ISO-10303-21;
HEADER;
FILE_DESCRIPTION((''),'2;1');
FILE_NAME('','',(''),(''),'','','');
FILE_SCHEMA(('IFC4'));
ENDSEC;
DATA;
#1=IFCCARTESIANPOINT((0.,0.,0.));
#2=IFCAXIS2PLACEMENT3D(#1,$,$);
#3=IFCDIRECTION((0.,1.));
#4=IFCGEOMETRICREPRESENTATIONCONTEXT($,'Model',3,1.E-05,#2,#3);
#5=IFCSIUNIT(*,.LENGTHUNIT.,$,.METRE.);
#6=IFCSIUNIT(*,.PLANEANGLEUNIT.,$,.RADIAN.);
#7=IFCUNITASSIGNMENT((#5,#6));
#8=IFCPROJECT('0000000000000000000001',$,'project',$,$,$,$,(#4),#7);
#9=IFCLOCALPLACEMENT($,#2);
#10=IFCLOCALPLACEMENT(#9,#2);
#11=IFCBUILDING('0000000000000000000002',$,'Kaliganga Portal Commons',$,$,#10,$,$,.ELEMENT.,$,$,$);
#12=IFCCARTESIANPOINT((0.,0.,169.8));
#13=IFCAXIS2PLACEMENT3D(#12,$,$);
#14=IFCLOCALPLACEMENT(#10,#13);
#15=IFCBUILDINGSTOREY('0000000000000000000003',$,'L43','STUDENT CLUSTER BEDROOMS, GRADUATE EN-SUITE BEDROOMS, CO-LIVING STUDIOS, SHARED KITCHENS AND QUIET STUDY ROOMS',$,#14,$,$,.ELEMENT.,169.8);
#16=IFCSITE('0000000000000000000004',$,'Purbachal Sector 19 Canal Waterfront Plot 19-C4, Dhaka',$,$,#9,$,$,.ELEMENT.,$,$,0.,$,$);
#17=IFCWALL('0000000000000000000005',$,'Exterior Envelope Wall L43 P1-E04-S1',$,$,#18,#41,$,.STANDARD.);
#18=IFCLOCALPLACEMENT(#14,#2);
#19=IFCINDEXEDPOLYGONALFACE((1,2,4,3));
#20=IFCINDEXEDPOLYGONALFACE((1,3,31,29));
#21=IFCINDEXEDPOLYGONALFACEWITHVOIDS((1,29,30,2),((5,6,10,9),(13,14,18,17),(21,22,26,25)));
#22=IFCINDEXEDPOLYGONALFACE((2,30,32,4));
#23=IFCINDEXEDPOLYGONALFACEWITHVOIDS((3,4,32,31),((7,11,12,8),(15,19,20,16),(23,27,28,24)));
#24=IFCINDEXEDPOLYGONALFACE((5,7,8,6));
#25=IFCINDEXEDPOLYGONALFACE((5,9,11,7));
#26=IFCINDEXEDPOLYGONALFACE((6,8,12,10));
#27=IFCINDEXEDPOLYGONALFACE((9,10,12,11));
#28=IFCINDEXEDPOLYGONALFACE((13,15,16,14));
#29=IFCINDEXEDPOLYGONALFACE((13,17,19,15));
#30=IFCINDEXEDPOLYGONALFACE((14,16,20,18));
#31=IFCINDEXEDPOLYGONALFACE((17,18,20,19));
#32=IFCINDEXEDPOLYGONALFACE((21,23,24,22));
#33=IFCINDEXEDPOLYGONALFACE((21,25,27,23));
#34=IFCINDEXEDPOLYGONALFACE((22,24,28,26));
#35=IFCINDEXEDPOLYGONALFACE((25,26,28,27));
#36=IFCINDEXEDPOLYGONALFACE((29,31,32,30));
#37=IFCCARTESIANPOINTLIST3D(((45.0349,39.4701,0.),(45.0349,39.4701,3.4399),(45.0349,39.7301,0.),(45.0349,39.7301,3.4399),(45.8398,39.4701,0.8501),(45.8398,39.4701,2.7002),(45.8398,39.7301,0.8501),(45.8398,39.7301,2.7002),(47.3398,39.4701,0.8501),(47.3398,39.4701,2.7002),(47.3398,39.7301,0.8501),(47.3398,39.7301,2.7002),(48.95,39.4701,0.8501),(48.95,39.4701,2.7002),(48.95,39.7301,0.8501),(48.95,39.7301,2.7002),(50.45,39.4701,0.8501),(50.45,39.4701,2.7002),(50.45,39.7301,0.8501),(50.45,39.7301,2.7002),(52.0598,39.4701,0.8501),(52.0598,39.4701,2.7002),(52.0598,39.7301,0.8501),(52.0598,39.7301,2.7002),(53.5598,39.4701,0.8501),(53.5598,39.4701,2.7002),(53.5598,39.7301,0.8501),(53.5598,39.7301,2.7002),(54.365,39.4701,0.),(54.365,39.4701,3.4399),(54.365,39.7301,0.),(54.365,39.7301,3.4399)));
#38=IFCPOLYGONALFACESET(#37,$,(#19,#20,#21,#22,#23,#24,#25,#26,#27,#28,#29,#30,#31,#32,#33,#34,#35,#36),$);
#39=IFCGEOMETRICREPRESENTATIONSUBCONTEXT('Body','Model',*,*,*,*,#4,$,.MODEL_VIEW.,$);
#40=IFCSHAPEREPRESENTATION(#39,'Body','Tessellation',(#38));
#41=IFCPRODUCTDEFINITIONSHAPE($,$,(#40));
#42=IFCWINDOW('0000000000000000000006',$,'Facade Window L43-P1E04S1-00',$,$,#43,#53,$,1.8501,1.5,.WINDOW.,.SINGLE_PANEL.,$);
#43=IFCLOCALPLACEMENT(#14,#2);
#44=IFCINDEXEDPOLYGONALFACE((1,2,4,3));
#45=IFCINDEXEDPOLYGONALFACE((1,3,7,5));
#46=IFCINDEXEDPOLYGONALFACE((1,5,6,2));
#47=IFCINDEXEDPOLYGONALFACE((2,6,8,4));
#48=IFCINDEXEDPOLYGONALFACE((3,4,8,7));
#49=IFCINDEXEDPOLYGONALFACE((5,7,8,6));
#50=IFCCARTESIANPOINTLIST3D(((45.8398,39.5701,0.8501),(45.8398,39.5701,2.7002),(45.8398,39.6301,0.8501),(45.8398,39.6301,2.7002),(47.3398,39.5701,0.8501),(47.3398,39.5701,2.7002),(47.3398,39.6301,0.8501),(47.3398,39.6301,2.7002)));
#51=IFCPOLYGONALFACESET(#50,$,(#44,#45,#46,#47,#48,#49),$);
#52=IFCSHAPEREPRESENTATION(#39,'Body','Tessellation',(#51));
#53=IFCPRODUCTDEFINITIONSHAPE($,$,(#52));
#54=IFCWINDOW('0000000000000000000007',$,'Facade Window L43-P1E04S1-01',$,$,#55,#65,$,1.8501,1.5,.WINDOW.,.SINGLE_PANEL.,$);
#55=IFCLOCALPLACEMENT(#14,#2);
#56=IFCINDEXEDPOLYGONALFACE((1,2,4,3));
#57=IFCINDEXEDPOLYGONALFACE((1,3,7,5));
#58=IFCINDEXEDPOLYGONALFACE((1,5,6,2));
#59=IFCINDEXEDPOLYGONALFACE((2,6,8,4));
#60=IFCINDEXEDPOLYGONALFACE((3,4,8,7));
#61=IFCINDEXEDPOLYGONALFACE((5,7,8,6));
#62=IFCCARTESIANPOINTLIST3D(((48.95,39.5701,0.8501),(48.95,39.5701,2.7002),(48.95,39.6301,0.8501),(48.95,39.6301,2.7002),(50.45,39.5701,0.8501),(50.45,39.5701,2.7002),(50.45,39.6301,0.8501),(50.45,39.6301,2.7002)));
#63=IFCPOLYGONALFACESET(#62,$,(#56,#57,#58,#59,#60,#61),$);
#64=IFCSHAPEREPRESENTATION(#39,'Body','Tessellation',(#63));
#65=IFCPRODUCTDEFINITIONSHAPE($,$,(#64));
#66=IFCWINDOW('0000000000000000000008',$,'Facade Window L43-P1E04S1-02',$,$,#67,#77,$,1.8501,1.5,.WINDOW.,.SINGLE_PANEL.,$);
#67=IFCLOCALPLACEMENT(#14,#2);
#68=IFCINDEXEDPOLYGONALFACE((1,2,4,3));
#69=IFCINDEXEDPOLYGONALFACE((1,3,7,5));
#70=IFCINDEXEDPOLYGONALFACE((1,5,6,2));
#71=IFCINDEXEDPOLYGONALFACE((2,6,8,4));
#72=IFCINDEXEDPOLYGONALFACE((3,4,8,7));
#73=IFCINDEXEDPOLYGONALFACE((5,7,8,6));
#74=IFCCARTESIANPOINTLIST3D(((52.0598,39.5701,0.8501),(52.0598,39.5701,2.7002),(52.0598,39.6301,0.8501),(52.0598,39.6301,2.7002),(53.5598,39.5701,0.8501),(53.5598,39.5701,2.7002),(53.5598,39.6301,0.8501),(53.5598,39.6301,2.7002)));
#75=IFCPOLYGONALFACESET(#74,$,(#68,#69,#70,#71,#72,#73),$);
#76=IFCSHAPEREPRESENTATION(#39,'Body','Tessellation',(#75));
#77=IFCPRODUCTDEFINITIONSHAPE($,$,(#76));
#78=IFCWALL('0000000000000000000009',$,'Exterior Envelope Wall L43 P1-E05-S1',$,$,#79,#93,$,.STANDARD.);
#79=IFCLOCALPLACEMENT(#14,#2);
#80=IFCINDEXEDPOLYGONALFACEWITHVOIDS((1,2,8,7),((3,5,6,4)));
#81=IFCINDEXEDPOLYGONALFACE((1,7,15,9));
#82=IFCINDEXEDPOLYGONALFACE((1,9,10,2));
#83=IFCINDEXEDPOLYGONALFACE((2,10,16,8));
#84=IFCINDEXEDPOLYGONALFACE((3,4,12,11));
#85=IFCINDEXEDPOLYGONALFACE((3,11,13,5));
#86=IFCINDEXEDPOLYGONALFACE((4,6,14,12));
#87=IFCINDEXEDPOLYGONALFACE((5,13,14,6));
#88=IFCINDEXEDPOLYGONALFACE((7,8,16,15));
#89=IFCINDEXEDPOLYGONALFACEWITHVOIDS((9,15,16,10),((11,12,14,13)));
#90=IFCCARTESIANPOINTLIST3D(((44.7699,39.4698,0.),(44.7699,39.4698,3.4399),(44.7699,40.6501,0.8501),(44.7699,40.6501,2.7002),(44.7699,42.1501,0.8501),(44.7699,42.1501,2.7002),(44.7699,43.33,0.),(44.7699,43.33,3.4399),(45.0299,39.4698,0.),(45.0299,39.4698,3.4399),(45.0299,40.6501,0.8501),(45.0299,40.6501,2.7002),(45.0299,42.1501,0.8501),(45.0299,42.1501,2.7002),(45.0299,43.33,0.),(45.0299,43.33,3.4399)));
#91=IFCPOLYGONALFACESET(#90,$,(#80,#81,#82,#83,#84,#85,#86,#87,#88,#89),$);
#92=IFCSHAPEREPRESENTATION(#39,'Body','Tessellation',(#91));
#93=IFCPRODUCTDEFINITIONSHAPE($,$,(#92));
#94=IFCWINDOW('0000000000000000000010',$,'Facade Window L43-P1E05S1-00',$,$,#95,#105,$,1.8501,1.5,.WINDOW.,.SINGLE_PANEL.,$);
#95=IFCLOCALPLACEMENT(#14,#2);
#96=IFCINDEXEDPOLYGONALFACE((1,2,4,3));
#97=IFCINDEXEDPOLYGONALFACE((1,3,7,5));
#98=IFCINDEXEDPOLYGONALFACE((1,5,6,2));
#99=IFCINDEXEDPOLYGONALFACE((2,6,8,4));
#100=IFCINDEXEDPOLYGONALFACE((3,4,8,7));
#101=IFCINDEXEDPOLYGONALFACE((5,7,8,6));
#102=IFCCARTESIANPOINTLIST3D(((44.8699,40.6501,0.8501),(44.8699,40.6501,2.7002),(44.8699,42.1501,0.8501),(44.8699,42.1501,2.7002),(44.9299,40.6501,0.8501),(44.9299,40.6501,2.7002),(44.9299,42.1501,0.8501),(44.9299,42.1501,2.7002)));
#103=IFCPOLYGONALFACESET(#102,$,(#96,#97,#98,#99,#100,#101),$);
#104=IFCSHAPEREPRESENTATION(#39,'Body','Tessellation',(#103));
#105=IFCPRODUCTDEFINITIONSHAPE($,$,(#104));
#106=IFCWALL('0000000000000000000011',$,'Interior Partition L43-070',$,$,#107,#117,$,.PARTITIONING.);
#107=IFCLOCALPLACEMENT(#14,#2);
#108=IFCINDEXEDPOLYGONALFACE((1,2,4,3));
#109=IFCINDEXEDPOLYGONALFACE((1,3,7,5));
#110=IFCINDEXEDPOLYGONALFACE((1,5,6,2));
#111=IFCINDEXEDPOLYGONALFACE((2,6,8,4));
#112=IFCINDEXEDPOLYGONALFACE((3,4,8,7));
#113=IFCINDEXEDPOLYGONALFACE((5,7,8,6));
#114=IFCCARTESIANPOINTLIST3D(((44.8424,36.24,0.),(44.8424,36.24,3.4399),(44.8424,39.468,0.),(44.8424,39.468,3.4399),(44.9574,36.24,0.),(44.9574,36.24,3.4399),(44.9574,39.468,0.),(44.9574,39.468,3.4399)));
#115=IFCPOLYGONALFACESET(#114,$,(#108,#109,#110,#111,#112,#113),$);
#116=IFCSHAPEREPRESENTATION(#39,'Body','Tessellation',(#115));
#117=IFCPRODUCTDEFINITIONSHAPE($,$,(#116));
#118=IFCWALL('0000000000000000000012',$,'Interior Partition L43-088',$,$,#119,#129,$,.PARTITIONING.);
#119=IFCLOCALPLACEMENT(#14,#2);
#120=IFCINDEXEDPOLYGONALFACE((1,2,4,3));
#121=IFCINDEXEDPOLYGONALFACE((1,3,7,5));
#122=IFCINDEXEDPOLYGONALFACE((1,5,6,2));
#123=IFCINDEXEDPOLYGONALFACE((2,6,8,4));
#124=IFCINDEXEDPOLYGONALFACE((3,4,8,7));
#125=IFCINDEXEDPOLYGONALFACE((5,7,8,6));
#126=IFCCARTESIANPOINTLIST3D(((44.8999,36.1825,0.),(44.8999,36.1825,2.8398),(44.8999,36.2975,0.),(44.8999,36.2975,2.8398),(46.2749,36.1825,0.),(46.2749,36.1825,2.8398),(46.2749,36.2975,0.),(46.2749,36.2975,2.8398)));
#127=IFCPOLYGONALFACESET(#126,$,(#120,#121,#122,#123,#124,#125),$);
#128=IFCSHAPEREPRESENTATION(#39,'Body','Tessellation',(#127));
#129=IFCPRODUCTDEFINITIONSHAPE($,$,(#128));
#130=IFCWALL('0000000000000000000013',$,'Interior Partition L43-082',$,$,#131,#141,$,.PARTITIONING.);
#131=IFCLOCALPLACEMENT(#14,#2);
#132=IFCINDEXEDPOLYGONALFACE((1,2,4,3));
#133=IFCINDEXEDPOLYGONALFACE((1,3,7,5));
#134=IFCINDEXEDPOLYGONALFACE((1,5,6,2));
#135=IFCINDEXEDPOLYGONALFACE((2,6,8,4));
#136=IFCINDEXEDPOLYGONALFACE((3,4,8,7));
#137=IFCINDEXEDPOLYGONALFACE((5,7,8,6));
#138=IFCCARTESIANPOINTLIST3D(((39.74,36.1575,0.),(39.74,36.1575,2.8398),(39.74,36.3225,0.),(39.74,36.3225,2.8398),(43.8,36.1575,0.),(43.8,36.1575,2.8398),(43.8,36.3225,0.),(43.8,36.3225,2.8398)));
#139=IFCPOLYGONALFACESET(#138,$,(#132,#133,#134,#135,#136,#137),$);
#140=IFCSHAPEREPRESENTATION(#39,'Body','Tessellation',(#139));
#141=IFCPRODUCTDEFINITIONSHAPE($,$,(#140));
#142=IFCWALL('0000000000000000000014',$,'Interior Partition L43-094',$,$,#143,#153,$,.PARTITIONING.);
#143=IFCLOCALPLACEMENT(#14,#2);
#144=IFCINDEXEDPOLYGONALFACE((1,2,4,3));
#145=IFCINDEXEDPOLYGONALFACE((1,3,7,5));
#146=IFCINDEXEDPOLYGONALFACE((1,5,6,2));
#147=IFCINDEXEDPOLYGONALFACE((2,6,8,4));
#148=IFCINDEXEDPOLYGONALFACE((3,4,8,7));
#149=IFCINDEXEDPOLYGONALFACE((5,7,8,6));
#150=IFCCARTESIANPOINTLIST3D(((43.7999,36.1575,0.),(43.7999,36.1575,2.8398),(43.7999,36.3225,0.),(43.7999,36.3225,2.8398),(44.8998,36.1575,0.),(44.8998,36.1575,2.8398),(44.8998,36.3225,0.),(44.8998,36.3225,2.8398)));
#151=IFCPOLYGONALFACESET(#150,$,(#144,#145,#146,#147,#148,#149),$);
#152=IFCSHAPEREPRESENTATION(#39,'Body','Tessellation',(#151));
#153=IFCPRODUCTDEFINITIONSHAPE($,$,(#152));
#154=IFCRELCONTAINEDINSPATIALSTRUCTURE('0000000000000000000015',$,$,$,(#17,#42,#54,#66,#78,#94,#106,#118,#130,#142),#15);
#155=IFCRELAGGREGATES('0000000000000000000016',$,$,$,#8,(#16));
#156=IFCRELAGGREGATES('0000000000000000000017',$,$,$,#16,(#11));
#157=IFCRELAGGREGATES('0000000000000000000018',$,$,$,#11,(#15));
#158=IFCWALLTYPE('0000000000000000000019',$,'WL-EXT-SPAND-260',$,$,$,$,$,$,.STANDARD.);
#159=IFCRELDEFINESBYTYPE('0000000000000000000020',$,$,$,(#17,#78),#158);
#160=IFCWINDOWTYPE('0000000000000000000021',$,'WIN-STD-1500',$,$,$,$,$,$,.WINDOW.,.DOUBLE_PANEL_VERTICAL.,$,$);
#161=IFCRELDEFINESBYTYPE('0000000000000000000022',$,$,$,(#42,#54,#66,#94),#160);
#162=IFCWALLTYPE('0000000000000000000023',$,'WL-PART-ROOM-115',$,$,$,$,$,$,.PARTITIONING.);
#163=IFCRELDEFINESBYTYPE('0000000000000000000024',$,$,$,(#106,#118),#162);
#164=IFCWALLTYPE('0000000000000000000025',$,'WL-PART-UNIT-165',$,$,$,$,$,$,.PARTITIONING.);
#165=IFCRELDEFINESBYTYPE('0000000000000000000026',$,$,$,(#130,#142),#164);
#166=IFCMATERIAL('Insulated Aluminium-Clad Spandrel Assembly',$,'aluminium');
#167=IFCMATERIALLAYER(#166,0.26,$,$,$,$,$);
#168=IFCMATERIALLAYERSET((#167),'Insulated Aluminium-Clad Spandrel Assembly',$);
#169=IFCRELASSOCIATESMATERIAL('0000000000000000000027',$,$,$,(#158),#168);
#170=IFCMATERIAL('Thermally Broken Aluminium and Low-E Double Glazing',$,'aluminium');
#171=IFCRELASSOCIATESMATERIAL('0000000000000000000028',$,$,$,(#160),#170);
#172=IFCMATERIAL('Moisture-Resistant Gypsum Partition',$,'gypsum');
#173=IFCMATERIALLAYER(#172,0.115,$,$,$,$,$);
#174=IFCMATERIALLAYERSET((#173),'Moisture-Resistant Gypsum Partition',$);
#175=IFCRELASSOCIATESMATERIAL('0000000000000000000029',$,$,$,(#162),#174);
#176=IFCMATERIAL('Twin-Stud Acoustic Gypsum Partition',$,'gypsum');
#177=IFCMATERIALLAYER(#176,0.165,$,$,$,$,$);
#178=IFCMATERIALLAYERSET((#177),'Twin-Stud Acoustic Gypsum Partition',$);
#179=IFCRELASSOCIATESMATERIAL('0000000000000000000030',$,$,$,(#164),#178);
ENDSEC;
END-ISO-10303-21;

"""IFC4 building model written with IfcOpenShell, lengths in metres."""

from ifc_helpers import new_model, si_unit, direction, frame, frame_2d, origin, place, context, subcontext, project, spatial, rectangle, extrude, material, layer, layer_set, type_object, element, fill, save


model = new_model("IFC4")

# Units and contexts
model_context = context("Model", 3, precision=1e-05, world=origin(), true_north=direction((0.0, 1.0)))
body_context = subcontext(model_context, "Body", "Model", "MODEL_VIEW")
ifc_project = project(units=[si_unit("LENGTHUNIT", "METRE"), si_unit("PLANEANGLEUNIT", "RADIAN")], contexts=[model_context])

# Site, building, storey
site_placement = place(None, origin())
site = spatial("IfcSite", under=ifc_project, at=site_placement, Name="Purbachal Sector 19 Canal Waterfront Plot 19-C4, Dhaka", CompositionType="ELEMENT", RefElevation=0.0)
building_placement = place(site_placement, origin())
building = spatial("IfcBuilding", under=site, at=building_placement, Name="Kaliganga Portal Commons", CompositionType="ELEMENT")
storey_placement = place(building_placement, frame((0.0, 0.0, 169.8)))
storey = spatial("IfcBuildingStorey", under=building, at=storey_placement, Name="L43", Description="STUDENT CLUSTER BEDROOMS, GRADUATE EN-SUITE BEDROOMS, CO-LIVING STUDIOS, SHARED KITCHENS AND QUIET STUDY ROOMS", CompositionType="ELEMENT", Elevation=169.8)

# Wall, openings, windows
ifc_material_1 = material(Name="Insulated Aluminium-Clad Spandrel Assembly", Category="aluminium")
ifc_layer_1 = layer(ifc_material_1, 0.26)
ifc_layer_set_1 = layer_set([ifc_layer_1], Name="Insulated Aluminium-Clad Spandrel Assembly")
wall_type_1 = type_object("IfcWallType", Name="WL-EXT-SPAND-260", PredefinedType="STANDARD", material=ifc_layer_set_1)
wall_1_placement = place(storey_placement, frame((45.0349, 39.6001, 0.0), z_axis=(0.0, 0.0, 1.0), x_axis=(1.0, 0.0, 0.0)))
wall_1 = element("IfcWall", 1, at=wall_1_placement, inside=storey, type_object=wall_type_1, Name="Exterior Envelope Wall L43 P1-E04-S1", PredefinedType="STANDARD", context=body_context, shape_type="SweptSolid", body=[
    extrude(rectangle(XDim=9.3301, YDim=0.26, at=frame_2d((4.665, 0.0))), origin(), (0.0, 0.0, 1.0), 3.4399),
])
opening_1_placement = place(wall_1_placement, frame((0.8049, 0.0, 0.8501)))
opening_1 = element("IfcOpeningElement", 2, at=opening_1_placement, cuts=wall_1, PredefinedType="OPENING", context=body_context, shape_type="SweptSolid", body=[
    extrude(rectangle(XDim=1.5, YDim=1.8501, at=frame_2d((0.75, 0.925))), frame((0.0, 0.1401, 0.0), z_axis=(0.0, -1.0, 0.0), x_axis=(1.0, 0.0, 0.0)), (0.0, 0.0, 1.0), 0.28),
])
opening_2_placement = place(wall_1_placement, frame((3.915, 0.0, 0.8501)))
opening_2 = element("IfcOpeningElement", 3, at=opening_2_placement, cuts=wall_1, PredefinedType="OPENING", context=body_context, shape_type="SweptSolid", body=[
    extrude(rectangle(XDim=1.5, YDim=1.8501, at=frame_2d((0.75, 0.925))), frame((0.0, 0.1401, 0.0), z_axis=(0.0, -1.0, 0.0), x_axis=(1.0, 0.0, 0.0)), (0.0, 0.0, 1.0), 0.28),
])
opening_3_placement = place(wall_1_placement, frame((7.0249, 0.0, 0.8501)))
opening_3 = element("IfcOpeningElement", 4, at=opening_3_placement, cuts=wall_1, PredefinedType="OPENING", context=body_context, shape_type="SweptSolid", body=[
    extrude(rectangle(XDim=1.5, YDim=1.8501, at=frame_2d((0.75, 0.925))), frame((0.0, 0.1401, 0.0), z_axis=(0.0, -1.0, 0.0), x_axis=(1.0, 0.0, 0.0)), (0.0, 0.0, 1.0), 0.28),
])
ifc_material_2 = material(Name="Thermally Broken Aluminium and Low-E Double Glazing", Category="aluminium")
window_type = type_object("IfcWindowType", Name="WIN-STD-1500", PartitioningType="DOUBLE_PANEL_VERTICAL", PredefinedType="WINDOW", material=ifc_material_2)
window_1_placement = place(opening_1_placement, origin())
window_1 = element("IfcWindow", 5, at=window_1_placement, inside=storey, type_object=window_type, Name="Facade Window L43-P1E04S1-00", OverallHeight=1.8501, OverallWidth=1.5, PartitioningType="SINGLE_PANEL", PredefinedType="WINDOW", context=body_context, shape_type="SweptSolid", body=[
    extrude(rectangle(XDim=1.5, YDim=1.8501, at=frame_2d((0.75, 0.925))), frame((0.0, 0.03, 0.0), z_axis=(0.0, -1.0, 0.0), x_axis=(1.0, 0.0, 0.0)), (0.0, 0.0, 1.0), 0.0601),
])
fill(opening_1, window_1)
window_2_placement = place(opening_2_placement, origin())
window_2 = element("IfcWindow", 6, at=window_2_placement, inside=storey, type_object=window_type, Name="Facade Window L43-P1E04S1-01", OverallHeight=1.8501, OverallWidth=1.5, PartitioningType="SINGLE_PANEL", PredefinedType="WINDOW", context=body_context, shape_type="SweptSolid", body=[
    extrude(rectangle(XDim=1.5, YDim=1.8501, at=frame_2d((0.75, 0.925))), frame((0.0, 0.03, 0.0), z_axis=(0.0, -1.0, 0.0), x_axis=(1.0, 0.0, 0.0)), (0.0, 0.0, 1.0), 0.0601),
])
fill(opening_2, window_2)
window_3_placement = place(opening_3_placement, origin())
window_3 = element("IfcWindow", 7, at=window_3_placement, inside=storey, type_object=window_type, Name="Facade Window L43-P1E04S1-02", OverallHeight=1.8501, OverallWidth=1.5, PartitioningType="SINGLE_PANEL", PredefinedType="WINDOW", context=body_context, shape_type="SweptSolid", body=[
    extrude(rectangle(XDim=1.5, YDim=1.8501, at=frame_2d((0.75, 0.925))), frame((0.0, 0.03, 0.0), z_axis=(0.0, -1.0, 0.0), x_axis=(1.0, 0.0, 0.0)), (0.0, 0.0, 1.0), 0.0601),
])
fill(opening_3, window_3)

# Wall, opening, window
wall_2_placement = place(storey_placement, frame((44.8999, 43.3301, 0.0), z_axis=(0.0, 0.0, 1.0), x_axis=(0.0, -1.0, 0.0)))
wall_2 = element("IfcWall", 8, at=wall_2_placement, inside=storey, type_object=wall_type_1, Name="Exterior Envelope Wall L43 P1-E05-S1", PredefinedType="STANDARD", context=body_context, shape_type="SweptSolid", body=[
    extrude(rectangle(XDim=3.8601, YDim=0.26, at=frame_2d((1.9302, 0.0))), origin(), (0.0, 0.0, 1.0), 3.4399),
])
opening_4_placement = place(wall_2_placement, frame((1.1799, 0.0, 0.8501)))
opening_4 = element("IfcOpeningElement", 9, at=opening_4_placement, cuts=wall_2, PredefinedType="OPENING", context=body_context, shape_type="SweptSolid", body=[
    extrude(rectangle(XDim=1.5, YDim=1.8501, at=frame_2d((0.75, 0.925))), frame((0.0, 0.1401, 0.0), z_axis=(0.0, -1.0, 0.0), x_axis=(1.0, 0.0, 0.0)), (0.0, 0.0, 1.0), 0.28),
])
window_4_placement = place(opening_4_placement, origin())
window_4 = element("IfcWindow", 10, at=window_4_placement, inside=storey, type_object=window_type, Name="Facade Window L43-P1E05S1-00", OverallHeight=1.8501, OverallWidth=1.5, PartitioningType="SINGLE_PANEL", PredefinedType="WINDOW", context=body_context, shape_type="SweptSolid", body=[
    extrude(rectangle(XDim=1.5, YDim=1.8501, at=frame_2d((0.75, 0.925))), frame((0.0, 0.03, 0.0), z_axis=(0.0, -1.0, 0.0), x_axis=(1.0, 0.0, 0.0)), (0.0, 0.0, 1.0), 0.0601),
])
fill(opening_4, window_4)

# Walls
ifc_material_3 = material(Name="Moisture-Resistant Gypsum Partition", Category="gypsum")
ifc_layer_2 = layer(ifc_material_3, 0.115)
ifc_layer_set_2 = layer_set([ifc_layer_2], Name="Moisture-Resistant Gypsum Partition")
wall_type_2 = type_object("IfcWallType", Name="WL-PART-ROOM-115", PredefinedType="PARTITIONING", material=ifc_layer_set_2)
wall_3_placement = place(storey_placement, frame((44.8999, 36.24, 0.0), z_axis=(0.0, 0.0, 1.0), x_axis=(0.0, 1.0, 0.0)))
element("IfcWall", 11, at=wall_3_placement, inside=storey, type_object=wall_type_2, Name="Interior Partition L43-070", PredefinedType="PARTITIONING", context=body_context, shape_type="SweptSolid", body=[
    extrude(rectangle(XDim=3.228, YDim=0.115, at=frame_2d((1.614, 0.0))), origin(), (0.0, 0.0, 1.0), 3.4399),
])
wall_4_placement = place(storey_placement, frame((44.8999, 36.24, 0.0), z_axis=(0.0, 0.0, 1.0), x_axis=(1.0, 0.0, 0.0)))
element("IfcWall", 12, at=wall_4_placement, inside=storey, type_object=wall_type_2, Name="Interior Partition L43-088", PredefinedType="PARTITIONING", context=body_context, shape_type="SweptSolid", body=[
    extrude(rectangle(XDim=1.375, YDim=0.115, at=frame_2d((0.6875, 0.0))), origin(), (0.0, 0.0, 1.0), 2.8398),
])
ifc_material_4 = material(Name="Twin-Stud Acoustic Gypsum Partition", Category="gypsum")
ifc_layer_3 = layer(ifc_material_4, 0.165)
ifc_layer_set_3 = layer_set([ifc_layer_3], Name="Twin-Stud Acoustic Gypsum Partition")
wall_type_3 = type_object("IfcWallType", Name="WL-PART-UNIT-165", PredefinedType="PARTITIONING", material=ifc_layer_set_3)
wall_5_placement = place(storey_placement, frame((39.74, 36.24, 0.0), z_axis=(0.0, 0.0, 1.0), x_axis=(1.0, 0.0, 0.0)))
element("IfcWall", 13, at=wall_5_placement, inside=storey, type_object=wall_type_3, Name="Interior Partition L43-082", PredefinedType="PARTITIONING", context=body_context, shape_type="SweptSolid", body=[
    extrude(rectangle(XDim=4.0601, YDim=0.165, at=frame_2d((2.03, 0.0))), origin(), (0.0, 0.0, 1.0), 2.8398),
])
wall_6_placement = place(storey_placement, frame((43.8, 36.24, 0.0), z_axis=(0.0, 0.0, 1.0), x_axis=(1.0, 0.0, 0.0)))
element("IfcWall", 14, at=wall_6_placement, inside=storey, type_object=wall_type_3, Name="Interior Partition L43-094", PredefinedType="PARTITIONING", context=body_context, shape_type="SweptSolid", body=[
    extrude(rectangle(XDim=1.0999, YDim=0.165, at=frame_2d((0.5498, 0.0))), origin(), (0.0, 0.0, 1.0), 2.8398),
])

save(model, "model.ifc")
